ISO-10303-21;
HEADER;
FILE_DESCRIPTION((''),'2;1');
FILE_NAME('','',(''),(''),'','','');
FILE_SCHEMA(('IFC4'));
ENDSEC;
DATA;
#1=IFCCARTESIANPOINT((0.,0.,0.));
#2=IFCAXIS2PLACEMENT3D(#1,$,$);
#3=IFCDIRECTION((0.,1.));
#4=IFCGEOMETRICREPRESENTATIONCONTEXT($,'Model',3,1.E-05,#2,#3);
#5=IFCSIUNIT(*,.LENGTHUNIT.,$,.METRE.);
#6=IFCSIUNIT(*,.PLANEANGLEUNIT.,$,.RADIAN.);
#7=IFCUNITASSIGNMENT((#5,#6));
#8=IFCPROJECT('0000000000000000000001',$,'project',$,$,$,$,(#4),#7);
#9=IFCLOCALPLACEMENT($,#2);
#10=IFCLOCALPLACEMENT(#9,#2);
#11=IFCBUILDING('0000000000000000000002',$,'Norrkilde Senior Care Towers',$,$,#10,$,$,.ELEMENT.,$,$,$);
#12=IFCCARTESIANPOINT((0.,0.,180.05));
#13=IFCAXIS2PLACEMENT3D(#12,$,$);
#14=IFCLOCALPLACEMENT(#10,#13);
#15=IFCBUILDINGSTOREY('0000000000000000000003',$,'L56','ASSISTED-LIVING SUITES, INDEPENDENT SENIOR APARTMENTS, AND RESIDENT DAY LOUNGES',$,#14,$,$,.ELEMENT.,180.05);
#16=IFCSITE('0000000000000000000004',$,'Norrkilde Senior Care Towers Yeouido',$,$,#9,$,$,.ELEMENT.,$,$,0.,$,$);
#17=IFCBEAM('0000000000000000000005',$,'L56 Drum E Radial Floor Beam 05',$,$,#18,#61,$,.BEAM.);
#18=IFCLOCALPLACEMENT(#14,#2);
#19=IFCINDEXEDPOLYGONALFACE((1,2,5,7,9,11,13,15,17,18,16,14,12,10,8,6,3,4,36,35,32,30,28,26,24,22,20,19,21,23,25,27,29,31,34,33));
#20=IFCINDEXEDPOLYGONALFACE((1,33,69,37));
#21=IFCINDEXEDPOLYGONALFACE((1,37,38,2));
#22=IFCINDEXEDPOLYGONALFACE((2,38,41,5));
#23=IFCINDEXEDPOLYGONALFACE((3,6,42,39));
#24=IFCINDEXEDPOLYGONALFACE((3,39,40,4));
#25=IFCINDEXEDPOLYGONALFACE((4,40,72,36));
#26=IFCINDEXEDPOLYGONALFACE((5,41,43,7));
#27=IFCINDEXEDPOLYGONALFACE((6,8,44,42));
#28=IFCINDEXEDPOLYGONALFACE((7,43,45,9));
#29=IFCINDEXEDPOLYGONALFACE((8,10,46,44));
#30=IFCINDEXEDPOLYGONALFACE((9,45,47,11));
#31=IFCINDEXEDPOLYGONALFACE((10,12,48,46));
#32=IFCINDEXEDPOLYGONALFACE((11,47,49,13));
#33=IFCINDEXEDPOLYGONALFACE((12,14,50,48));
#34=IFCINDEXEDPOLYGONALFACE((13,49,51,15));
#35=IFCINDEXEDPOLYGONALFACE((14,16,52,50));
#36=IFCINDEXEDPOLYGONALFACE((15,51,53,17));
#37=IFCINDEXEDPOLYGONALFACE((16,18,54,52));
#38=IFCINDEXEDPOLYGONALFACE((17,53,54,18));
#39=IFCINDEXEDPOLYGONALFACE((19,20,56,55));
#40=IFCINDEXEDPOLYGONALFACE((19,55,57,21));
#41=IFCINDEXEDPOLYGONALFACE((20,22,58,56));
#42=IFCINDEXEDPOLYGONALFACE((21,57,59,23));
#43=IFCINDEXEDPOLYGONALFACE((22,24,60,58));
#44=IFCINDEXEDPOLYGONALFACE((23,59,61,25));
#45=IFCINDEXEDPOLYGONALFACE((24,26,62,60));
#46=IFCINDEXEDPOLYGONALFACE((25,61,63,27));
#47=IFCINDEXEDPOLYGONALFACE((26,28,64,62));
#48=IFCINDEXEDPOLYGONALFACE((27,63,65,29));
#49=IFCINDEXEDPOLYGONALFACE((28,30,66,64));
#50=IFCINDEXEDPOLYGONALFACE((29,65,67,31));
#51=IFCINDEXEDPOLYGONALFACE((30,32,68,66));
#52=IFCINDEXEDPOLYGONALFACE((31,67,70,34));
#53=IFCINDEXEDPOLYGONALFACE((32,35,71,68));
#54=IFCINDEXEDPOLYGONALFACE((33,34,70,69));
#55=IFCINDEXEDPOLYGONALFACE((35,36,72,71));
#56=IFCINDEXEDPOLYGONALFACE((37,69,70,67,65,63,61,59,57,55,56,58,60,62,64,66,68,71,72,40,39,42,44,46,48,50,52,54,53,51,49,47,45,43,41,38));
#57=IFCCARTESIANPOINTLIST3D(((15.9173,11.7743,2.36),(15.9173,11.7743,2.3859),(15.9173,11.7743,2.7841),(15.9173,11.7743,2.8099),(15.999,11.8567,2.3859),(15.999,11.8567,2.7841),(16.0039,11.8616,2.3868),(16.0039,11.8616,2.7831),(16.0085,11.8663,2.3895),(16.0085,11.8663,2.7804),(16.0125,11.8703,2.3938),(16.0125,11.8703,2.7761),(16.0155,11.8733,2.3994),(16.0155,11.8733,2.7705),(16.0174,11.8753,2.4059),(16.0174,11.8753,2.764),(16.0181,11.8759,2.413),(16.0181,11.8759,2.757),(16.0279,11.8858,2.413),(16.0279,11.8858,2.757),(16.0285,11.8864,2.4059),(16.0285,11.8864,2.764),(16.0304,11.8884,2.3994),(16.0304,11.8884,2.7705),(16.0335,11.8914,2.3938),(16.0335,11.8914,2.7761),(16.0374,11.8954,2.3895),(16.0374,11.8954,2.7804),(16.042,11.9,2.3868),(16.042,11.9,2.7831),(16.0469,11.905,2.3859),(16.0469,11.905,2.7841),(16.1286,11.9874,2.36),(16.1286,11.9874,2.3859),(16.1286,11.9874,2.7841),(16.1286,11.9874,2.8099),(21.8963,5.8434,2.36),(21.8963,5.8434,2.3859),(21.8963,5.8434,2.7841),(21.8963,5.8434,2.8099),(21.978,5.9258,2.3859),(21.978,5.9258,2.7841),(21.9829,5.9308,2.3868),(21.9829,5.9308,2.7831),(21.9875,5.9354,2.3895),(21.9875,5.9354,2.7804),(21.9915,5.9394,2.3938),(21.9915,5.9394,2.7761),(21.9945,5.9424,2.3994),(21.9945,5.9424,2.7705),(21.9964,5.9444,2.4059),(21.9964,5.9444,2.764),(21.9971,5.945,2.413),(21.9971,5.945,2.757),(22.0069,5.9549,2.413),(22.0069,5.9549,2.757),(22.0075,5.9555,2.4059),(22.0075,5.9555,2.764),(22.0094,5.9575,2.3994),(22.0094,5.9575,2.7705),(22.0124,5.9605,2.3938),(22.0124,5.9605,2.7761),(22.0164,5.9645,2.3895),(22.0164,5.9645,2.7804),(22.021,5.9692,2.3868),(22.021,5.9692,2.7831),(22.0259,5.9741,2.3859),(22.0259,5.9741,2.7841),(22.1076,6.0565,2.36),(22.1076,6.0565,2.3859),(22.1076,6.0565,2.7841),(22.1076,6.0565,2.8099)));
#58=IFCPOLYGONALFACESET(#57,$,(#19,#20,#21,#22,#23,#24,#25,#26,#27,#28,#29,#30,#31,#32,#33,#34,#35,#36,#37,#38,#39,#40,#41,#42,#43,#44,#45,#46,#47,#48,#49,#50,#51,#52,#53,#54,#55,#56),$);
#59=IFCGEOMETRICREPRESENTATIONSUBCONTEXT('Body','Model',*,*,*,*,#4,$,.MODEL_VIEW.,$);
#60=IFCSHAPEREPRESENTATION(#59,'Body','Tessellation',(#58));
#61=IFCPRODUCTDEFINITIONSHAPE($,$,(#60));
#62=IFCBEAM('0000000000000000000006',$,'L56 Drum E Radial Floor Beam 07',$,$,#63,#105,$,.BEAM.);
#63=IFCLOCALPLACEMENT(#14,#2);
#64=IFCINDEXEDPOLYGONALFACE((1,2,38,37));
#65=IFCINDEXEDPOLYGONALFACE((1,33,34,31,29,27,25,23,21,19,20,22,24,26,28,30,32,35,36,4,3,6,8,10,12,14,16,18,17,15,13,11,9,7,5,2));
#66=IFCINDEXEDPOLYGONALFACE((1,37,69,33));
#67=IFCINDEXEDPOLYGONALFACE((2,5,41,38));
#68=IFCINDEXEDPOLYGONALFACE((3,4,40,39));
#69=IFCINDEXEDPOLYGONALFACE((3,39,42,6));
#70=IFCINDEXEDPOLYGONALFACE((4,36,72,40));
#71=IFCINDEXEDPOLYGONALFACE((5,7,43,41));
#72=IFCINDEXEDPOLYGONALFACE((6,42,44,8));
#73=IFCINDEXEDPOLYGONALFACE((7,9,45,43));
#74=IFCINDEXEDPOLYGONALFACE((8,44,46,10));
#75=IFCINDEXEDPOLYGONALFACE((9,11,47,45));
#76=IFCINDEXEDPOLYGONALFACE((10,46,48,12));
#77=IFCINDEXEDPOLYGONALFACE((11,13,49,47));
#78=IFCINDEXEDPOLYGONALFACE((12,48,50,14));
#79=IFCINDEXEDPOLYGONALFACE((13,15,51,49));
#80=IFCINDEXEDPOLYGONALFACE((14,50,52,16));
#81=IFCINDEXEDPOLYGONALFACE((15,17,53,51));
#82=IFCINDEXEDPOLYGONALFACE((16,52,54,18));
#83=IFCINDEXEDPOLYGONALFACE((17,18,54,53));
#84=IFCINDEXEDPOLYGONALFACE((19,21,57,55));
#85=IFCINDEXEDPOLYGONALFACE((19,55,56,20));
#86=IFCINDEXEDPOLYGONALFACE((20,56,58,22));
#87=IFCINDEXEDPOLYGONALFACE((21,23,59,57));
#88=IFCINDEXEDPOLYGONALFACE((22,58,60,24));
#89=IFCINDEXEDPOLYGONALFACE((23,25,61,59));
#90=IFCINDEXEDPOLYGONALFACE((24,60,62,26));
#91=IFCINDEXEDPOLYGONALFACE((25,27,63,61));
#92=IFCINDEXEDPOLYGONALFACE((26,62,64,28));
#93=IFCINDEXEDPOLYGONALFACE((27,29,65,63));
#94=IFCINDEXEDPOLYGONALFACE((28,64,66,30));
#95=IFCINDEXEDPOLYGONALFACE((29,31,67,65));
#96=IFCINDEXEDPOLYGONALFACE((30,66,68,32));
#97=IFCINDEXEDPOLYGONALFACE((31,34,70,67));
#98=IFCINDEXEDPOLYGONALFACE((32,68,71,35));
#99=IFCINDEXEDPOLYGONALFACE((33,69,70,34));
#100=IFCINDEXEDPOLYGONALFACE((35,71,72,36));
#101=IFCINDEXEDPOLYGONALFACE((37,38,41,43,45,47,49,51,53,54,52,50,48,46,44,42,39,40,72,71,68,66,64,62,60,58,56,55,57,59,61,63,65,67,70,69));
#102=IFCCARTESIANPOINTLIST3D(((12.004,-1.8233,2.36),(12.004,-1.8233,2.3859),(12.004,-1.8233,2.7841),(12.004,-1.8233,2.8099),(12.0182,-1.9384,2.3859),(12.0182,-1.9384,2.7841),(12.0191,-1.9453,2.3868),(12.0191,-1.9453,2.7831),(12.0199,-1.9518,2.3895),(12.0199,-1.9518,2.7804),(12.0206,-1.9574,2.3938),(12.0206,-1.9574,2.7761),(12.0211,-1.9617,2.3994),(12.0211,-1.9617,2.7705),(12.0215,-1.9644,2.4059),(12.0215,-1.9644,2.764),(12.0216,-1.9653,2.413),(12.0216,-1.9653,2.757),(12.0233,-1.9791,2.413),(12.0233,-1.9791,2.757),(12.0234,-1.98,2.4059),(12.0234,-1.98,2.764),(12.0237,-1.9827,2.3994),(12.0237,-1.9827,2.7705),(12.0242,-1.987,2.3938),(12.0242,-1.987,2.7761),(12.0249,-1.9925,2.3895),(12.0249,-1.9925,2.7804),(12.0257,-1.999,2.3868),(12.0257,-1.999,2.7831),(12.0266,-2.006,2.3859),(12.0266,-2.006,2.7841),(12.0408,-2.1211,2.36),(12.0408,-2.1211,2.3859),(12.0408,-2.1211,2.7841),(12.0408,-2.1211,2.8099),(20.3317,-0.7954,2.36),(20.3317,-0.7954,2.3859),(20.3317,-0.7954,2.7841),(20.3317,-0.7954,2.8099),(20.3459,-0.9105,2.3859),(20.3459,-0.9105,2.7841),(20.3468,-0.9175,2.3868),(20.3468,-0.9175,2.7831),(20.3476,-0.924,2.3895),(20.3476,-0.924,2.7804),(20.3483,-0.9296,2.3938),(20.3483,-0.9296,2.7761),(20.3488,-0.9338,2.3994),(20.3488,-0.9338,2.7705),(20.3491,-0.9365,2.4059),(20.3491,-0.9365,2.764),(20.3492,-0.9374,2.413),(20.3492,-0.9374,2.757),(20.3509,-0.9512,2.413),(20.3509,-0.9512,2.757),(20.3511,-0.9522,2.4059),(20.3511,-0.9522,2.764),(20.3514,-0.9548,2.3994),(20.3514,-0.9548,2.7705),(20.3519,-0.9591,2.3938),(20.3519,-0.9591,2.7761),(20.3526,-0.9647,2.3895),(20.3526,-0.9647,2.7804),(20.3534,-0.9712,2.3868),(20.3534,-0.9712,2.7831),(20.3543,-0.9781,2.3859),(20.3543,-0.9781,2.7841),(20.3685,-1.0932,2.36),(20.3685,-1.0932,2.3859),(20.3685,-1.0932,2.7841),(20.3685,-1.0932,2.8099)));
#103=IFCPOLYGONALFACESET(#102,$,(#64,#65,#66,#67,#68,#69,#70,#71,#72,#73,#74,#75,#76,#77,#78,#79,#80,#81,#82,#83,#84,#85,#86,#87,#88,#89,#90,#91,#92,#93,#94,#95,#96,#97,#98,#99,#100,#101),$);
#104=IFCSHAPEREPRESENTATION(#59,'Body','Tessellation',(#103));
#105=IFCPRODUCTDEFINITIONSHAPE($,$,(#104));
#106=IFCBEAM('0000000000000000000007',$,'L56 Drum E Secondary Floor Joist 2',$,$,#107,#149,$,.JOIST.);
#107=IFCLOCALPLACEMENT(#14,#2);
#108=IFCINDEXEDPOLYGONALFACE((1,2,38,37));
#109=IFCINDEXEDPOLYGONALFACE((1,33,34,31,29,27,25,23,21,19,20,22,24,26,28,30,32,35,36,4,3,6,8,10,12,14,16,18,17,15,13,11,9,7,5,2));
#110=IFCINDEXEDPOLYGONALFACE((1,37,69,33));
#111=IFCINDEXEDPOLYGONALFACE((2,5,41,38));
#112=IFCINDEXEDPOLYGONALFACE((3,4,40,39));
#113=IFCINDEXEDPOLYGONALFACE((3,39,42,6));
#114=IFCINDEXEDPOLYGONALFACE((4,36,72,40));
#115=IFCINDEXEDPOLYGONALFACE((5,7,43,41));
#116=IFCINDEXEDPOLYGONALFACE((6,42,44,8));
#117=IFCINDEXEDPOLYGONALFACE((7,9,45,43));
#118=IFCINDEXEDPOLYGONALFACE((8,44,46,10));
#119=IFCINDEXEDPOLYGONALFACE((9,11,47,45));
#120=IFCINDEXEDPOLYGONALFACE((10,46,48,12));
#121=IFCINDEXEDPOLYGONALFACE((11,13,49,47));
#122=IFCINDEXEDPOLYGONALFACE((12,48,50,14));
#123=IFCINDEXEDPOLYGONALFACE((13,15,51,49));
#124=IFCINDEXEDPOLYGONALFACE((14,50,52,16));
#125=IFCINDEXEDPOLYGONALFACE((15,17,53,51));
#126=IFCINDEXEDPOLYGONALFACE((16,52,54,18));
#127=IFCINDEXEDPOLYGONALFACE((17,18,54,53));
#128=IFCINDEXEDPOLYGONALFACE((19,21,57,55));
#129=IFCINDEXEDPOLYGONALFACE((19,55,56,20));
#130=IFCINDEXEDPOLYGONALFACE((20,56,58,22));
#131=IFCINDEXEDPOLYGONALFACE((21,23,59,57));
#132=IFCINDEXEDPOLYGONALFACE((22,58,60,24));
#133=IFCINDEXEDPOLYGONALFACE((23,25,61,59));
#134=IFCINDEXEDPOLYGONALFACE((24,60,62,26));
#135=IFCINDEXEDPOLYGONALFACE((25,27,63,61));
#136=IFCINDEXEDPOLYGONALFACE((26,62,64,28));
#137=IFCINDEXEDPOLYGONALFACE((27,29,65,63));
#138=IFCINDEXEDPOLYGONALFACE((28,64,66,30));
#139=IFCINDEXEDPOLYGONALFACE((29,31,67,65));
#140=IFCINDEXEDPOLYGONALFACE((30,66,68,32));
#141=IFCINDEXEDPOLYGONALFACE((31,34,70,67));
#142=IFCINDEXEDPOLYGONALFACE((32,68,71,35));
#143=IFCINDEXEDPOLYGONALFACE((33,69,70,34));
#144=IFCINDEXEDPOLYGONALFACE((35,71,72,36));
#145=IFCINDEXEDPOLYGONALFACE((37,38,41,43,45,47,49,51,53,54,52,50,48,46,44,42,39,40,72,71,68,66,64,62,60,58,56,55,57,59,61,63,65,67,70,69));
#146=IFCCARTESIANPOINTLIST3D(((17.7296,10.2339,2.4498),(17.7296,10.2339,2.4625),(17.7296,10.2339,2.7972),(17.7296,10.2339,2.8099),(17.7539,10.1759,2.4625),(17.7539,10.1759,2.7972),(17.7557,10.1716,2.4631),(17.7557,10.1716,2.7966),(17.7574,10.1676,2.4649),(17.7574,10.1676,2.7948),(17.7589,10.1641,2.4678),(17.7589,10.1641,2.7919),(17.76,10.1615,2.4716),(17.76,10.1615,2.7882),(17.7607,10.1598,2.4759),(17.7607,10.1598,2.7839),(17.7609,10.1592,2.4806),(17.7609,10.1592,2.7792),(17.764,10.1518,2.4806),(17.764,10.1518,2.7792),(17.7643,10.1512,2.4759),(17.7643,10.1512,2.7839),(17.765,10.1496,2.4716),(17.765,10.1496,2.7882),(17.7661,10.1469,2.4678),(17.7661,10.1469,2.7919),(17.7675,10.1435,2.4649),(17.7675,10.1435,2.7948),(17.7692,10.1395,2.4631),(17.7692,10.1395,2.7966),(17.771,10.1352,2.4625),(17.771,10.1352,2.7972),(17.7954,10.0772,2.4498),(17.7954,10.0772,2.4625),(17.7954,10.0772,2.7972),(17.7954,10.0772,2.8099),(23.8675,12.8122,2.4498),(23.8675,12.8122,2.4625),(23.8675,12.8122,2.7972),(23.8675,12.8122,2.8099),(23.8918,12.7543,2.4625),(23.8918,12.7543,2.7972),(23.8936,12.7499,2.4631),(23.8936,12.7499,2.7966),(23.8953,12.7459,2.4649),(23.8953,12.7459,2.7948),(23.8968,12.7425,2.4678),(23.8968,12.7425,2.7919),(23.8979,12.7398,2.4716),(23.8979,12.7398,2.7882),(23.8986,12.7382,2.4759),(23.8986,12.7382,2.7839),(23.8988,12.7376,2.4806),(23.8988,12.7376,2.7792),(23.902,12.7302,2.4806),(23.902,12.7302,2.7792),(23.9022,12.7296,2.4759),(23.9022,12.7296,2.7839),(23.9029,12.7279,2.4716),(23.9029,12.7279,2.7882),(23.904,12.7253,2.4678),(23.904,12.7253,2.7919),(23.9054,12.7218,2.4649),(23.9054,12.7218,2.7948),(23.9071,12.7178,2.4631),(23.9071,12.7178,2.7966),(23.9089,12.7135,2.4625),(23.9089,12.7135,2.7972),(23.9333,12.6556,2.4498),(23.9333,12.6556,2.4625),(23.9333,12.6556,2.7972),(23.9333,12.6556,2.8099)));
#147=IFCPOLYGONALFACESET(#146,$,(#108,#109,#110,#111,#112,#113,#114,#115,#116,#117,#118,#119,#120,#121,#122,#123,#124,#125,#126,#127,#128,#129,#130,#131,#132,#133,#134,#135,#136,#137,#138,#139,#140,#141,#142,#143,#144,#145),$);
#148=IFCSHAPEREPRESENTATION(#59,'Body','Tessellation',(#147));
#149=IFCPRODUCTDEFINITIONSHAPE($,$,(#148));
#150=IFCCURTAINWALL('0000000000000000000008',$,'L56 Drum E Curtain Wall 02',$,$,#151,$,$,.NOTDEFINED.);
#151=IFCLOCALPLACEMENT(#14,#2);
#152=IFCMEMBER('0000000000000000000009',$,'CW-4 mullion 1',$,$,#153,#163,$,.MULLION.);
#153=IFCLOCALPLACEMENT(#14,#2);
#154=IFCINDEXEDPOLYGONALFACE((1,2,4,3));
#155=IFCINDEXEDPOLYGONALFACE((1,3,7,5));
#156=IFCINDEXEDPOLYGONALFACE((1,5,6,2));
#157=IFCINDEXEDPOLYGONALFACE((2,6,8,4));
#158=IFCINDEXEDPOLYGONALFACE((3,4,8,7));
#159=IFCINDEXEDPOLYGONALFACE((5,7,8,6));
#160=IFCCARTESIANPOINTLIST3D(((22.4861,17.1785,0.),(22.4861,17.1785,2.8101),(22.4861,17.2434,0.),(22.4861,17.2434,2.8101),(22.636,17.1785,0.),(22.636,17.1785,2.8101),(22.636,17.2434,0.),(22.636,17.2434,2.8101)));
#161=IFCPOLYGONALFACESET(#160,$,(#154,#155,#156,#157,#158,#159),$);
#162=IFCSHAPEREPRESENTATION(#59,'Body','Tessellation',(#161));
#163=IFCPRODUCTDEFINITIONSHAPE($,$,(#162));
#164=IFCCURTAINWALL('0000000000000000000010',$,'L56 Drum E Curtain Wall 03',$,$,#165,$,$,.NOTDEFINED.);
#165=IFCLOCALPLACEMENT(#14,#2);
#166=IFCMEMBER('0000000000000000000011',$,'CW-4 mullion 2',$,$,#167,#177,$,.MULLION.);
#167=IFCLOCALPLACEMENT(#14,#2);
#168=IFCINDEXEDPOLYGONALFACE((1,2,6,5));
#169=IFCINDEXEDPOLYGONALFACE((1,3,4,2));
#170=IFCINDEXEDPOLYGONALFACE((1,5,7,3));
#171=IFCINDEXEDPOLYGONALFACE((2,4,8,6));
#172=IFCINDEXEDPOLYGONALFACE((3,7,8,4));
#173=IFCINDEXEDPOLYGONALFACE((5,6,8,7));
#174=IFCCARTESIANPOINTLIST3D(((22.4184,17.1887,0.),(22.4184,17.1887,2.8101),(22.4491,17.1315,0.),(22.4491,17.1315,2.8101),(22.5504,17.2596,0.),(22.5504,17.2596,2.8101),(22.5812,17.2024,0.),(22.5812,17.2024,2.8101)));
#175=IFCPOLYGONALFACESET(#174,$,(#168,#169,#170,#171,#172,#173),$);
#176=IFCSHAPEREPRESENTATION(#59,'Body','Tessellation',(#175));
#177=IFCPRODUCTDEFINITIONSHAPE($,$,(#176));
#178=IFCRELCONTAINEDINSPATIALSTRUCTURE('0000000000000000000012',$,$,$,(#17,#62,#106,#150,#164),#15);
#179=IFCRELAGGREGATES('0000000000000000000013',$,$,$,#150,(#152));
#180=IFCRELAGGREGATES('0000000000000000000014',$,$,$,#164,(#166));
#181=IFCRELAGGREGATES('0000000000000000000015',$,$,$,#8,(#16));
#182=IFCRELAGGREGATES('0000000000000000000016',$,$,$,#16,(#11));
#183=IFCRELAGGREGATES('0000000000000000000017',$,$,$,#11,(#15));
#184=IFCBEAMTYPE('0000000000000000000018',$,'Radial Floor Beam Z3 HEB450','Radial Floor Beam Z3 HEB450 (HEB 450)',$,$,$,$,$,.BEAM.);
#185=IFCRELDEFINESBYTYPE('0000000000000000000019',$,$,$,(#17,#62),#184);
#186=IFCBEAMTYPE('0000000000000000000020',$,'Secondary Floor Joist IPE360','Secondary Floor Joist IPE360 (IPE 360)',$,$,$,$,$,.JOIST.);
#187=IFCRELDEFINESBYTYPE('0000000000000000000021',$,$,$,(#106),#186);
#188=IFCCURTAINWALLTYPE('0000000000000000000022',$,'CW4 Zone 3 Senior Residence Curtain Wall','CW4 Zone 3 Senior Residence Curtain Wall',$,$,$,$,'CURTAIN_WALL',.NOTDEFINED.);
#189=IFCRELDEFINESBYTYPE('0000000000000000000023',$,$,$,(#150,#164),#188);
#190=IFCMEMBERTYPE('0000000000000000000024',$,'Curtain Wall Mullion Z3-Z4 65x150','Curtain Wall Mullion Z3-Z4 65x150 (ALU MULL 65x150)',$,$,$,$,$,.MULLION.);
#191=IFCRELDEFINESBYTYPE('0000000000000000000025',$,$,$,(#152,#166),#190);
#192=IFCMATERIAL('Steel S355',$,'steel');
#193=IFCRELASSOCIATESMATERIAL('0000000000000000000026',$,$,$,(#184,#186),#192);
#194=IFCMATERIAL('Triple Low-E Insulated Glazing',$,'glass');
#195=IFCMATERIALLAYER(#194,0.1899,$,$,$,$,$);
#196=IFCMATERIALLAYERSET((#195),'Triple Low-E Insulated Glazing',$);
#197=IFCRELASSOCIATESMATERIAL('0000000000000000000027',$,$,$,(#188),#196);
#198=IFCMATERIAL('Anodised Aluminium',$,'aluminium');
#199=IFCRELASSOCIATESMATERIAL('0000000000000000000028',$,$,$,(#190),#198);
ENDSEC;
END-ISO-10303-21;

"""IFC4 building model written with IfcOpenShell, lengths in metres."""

from ifc_helpers import new_model, si_unit, direction, frame, origin, origin_2d, place, context, subcontext, project, spatial, rectangle, i_section, extrude, source, transform, mapped, material, layer, layer_set, material_profile, profile_set, type_object, type_shapes, element, aggregate, save


model = new_model("IFC4")

# Units and contexts
model_context = context("Model", 3, precision=1e-05, world=origin(), true_north=direction((0.0, 1.0)))
body_context = subcontext(model_context, "Body", "Model", "MODEL_VIEW")
ifc_project = project(units=[si_unit("LENGTHUNIT", "METRE"), si_unit("PLANEANGLEUNIT", "RADIAN")], contexts=[model_context])

# Site, building, storey
site_placement = place(None, origin())
site = spatial("IfcSite", under=ifc_project, at=site_placement, Name="Norrkilde Senior Care Towers Yeouido", CompositionType="ELEMENT", RefElevation=0.0)
building_placement = place(site_placement, origin())
building = spatial("IfcBuilding", under=site, at=building_placement, Name="Norrkilde Senior Care Towers", CompositionType="ELEMENT")
storey_placement = place(building_placement, frame((0.0, 0.0, 180.05)))
storey = spatial("IfcBuildingStorey", under=building, at=storey_placement, Name="L56", Description="ASSISTED-LIVING SUITES, INDEPENDENT SENIOR APARTMENTS, AND RESIDENT DAY LOUNGES", CompositionType="ELEMENT", Elevation=180.05)

# Beams
ifc_material_1 = material(Name="Steel S355", Category="steel")
ifc_material_profile_1 = material_profile(ifc_material_1, i_section(OverallWidth=0.3, OverallDepth=0.45, WebThickness=0.0139, FlangeThickness=0.0259, FilletRadius=0.0271, at=origin_2d()), Name="HEB 450")
ifc_profile_set_1 = profile_set([ifc_material_profile_1], Name="Steel S355")
beam_type_1 = type_object("IfcBeamType", Name="Radial Floor Beam Z3 HEB450", Description="Radial Floor Beam Z3 HEB450 (HEB 450)", PredefinedType="BEAM", material=ifc_profile_set_1)
shared_shape_1 = source(origin(), body_context, "Body", "SweptSolid", [
    extrude(i_section(OverallWidth=0.3, OverallDepth=0.45, WebThickness=0.0139, FlangeThickness=0.0259, FilletRadius=0.0271, at=origin_2d()), origin(), (0.0, 0.0, 1.0), 8.4216),
])
beam_1_placement = place(storey_placement, frame((22.002, 5.95, 2.585), z_axis=(-0.709956, 0.704246, 0.0), x_axis=(-0.704246, -0.709956, 0.0)))
element("IfcBeam", 1, at=beam_1_placement, inside=storey, type_object=beam_type_1, Name="L56 Drum E Radial Floor Beam 05", PredefinedType="BEAM", context=body_context, shape_type="MappedRepresentation", body=[
    mapped(shared_shape_1, transform((0.0, 0.0, 0.0), x_axis=(1.0, 0.0, 0.0), y_axis=(0.0, 1.0, 0.0), z_axis=(0.0, 0.0, 1.0), scale=1.0)),
])
shared_shape_2 = source(origin(), body_context, "Body", "SweptSolid", [
    extrude(i_section(OverallWidth=0.3, OverallDepth=0.45, WebThickness=0.0139, FlangeThickness=0.0259, FilletRadius=0.0271, at=origin_2d()), origin(), (0.0, 0.0, 1.0), 8.3909),
])
beam_2_placement = place(storey_placement, frame((20.3501, -0.9443, 2.585), z_axis=(-0.992469, -0.122495, 0.0), x_axis=(0.122495, -0.992469, 0.0)))
element("IfcBeam", 2, at=beam_2_placement, inside=storey, type_object=beam_type_1, Name="L56 Drum E Radial Floor Beam 07", PredefinedType="BEAM", context=body_context, shape_type="MappedRepresentation", body=[
    mapped(shared_shape_2, transform((0.0, 0.0, 0.0), x_axis=(1.0, 0.0, 0.0), y_axis=(0.0, 1.0, 0.0), z_axis=(0.0, 0.0, 1.0), scale=1.0)),
])
ifc_material_profile_2 = material_profile(ifc_material_1, i_section(OverallWidth=0.1699, OverallDepth=0.3601, WebThickness=0.0081, FlangeThickness=0.0127, FilletRadius=0.0181, at=origin_2d()), Name="IPE 360")
ifc_profile_set_2 = profile_set([ifc_material_profile_2], Name="Steel S355")
beam_type_2 = type_object("IfcBeamType", Name="Secondary Floor Joist IPE360", Description="Secondary Floor Joist IPE360 (IPE 360)", PredefinedType="JOIST", material=ifc_profile_set_2)
shared_shape_3 = source(origin(), body_context, "Body", "SweptSolid", [
    extrude(i_section(OverallWidth=0.1699, OverallDepth=0.3601, WebThickness=0.0081, FlangeThickness=0.0127, FilletRadius=0.0181, at=origin_2d()), origin(), (0.0, 0.0, 1.0), 6.6575),
])
type_shapes(beam_type_2, [shared_shape_3])
beam_3_placement = place(storey_placement, frame((23.9004, 12.7339, 2.6299), z_axis=(-0.921959, -0.387288, 0.0), x_axis=(0.387288, -0.921959, 0.0)))
element("IfcBeam", 3, at=beam_3_placement, inside=storey, type_object=beam_type_2, Name="L56 Drum E Secondary Floor Joist 2", PredefinedType="JOIST", context=body_context, shape_type="MappedRepresentation", body=[
    mapped(shared_shape_3, transform((0.0, 0.0, 0.0), x_axis=(1.0, 0.0, 0.0), y_axis=(0.0, 1.0, 0.0), z_axis=(0.0, 0.0, 1.0), scale=1.0)),
])

# Curtain walls, members
ifc_material_2 = material(Name="Triple Low-E Insulated Glazing", Category="glass")
ifc_layer_1 = layer(ifc_material_2, 0.1899)
ifc_layer_set_1 = layer_set([ifc_layer_1], Name="Triple Low-E Insulated Glazing")
curtain_wall_type = type_object("IfcCurtainWallType", Name="CW4 Zone 3 Senior Residence Curtain Wall", Description="CW4 Zone 3 Senior Residence Curtain Wall", ElementType="CURTAIN_WALL", PredefinedType="NOTDEFINED", material=ifc_layer_set_1)
curtain_wall_1_placement = place(storey_placement, origin())
curtain_wall_1 = element("IfcCurtainWall", 4, at=curtain_wall_1_placement, inside=storey, type_object=curtain_wall_type, Name="L56 Drum E Curtain Wall 02", PredefinedType="NOTDEFINED")
ifc_material_3 = material(Name="Anodised Aluminium", Category="aluminium")
ifc_material_profile_3 = material_profile(ifc_material_3, rectangle(XDim=0.0649, YDim=0.1499, at=origin_2d()), Name="ALU MULL 65x150")
ifc_profile_set_3 = profile_set([ifc_material_profile_3], Name="Anodised Aluminium")
member_type_1 = type_object("IfcMemberType", Name="Curtain Wall Mullion Z3-Z4 65x150", Description="Curtain Wall Mullion Z3-Z4 65x150 (ALU MULL 65x150)", PredefinedType="MULLION", material=ifc_profile_set_3)
shared_shape_4 = source(origin(), body_context, "Body", "SweptSolid", [
    extrude(rectangle(XDim=0.0649, YDim=0.1499, at=origin_2d()), origin(), (0.0, 0.0, 1.0), 2.8101),
])
type_shapes(member_type_1, [shared_shape_4])
member_1_placement = place(storey_placement, frame((22.561, 17.2109, 0.0), z_axis=(0.0, 0.0, 1.0), x_axis=(0.0, 1.0, 0.0)))
member_1 = element("IfcMember", 5, at=member_1_placement, type_object=member_type_1, Name="CW-4 mullion 1", PredefinedType="MULLION", context=body_context, shape_type="MappedRepresentation", body=[
    mapped(shared_shape_4, transform((0.0, 0.0, 0.0), x_axis=(1.0, 0.0, 0.0), y_axis=(0.0, 1.0, 0.0), z_axis=(0.0, 0.0, 1.0), scale=1.0)),
])
curtain_wall_2_placement = place(storey_placement, origin())
curtain_wall_2 = element("IfcCurtainWall", 6, at=curtain_wall_2_placement, inside=storey, type_object=curtain_wall_type, Name="L56 Drum E Curtain Wall 03", PredefinedType="NOTDEFINED")
member_2_placement = place(storey_placement, frame((22.4998, 17.1956, 0.0), z_axis=(0.0, 0.0, 1.0), x_axis=(-0.473117, 0.881, 0.0)))
member_2 = element("IfcMember", 7, at=member_2_placement, type_object=member_type_1, Name="CW-4 mullion 2", PredefinedType="MULLION", context=body_context, shape_type="MappedRepresentation", body=[
    mapped(shared_shape_4, transform((0.0, 0.0, 0.0), x_axis=(1.0, 0.0, 0.0), y_axis=(0.0, 1.0, 0.0), z_axis=(0.0, 0.0, 1.0), scale=1.0)),
])

aggregate(curtain_wall_1, [member_1])

aggregate(curtain_wall_2, [member_2])

save(model, "model.ifc")
